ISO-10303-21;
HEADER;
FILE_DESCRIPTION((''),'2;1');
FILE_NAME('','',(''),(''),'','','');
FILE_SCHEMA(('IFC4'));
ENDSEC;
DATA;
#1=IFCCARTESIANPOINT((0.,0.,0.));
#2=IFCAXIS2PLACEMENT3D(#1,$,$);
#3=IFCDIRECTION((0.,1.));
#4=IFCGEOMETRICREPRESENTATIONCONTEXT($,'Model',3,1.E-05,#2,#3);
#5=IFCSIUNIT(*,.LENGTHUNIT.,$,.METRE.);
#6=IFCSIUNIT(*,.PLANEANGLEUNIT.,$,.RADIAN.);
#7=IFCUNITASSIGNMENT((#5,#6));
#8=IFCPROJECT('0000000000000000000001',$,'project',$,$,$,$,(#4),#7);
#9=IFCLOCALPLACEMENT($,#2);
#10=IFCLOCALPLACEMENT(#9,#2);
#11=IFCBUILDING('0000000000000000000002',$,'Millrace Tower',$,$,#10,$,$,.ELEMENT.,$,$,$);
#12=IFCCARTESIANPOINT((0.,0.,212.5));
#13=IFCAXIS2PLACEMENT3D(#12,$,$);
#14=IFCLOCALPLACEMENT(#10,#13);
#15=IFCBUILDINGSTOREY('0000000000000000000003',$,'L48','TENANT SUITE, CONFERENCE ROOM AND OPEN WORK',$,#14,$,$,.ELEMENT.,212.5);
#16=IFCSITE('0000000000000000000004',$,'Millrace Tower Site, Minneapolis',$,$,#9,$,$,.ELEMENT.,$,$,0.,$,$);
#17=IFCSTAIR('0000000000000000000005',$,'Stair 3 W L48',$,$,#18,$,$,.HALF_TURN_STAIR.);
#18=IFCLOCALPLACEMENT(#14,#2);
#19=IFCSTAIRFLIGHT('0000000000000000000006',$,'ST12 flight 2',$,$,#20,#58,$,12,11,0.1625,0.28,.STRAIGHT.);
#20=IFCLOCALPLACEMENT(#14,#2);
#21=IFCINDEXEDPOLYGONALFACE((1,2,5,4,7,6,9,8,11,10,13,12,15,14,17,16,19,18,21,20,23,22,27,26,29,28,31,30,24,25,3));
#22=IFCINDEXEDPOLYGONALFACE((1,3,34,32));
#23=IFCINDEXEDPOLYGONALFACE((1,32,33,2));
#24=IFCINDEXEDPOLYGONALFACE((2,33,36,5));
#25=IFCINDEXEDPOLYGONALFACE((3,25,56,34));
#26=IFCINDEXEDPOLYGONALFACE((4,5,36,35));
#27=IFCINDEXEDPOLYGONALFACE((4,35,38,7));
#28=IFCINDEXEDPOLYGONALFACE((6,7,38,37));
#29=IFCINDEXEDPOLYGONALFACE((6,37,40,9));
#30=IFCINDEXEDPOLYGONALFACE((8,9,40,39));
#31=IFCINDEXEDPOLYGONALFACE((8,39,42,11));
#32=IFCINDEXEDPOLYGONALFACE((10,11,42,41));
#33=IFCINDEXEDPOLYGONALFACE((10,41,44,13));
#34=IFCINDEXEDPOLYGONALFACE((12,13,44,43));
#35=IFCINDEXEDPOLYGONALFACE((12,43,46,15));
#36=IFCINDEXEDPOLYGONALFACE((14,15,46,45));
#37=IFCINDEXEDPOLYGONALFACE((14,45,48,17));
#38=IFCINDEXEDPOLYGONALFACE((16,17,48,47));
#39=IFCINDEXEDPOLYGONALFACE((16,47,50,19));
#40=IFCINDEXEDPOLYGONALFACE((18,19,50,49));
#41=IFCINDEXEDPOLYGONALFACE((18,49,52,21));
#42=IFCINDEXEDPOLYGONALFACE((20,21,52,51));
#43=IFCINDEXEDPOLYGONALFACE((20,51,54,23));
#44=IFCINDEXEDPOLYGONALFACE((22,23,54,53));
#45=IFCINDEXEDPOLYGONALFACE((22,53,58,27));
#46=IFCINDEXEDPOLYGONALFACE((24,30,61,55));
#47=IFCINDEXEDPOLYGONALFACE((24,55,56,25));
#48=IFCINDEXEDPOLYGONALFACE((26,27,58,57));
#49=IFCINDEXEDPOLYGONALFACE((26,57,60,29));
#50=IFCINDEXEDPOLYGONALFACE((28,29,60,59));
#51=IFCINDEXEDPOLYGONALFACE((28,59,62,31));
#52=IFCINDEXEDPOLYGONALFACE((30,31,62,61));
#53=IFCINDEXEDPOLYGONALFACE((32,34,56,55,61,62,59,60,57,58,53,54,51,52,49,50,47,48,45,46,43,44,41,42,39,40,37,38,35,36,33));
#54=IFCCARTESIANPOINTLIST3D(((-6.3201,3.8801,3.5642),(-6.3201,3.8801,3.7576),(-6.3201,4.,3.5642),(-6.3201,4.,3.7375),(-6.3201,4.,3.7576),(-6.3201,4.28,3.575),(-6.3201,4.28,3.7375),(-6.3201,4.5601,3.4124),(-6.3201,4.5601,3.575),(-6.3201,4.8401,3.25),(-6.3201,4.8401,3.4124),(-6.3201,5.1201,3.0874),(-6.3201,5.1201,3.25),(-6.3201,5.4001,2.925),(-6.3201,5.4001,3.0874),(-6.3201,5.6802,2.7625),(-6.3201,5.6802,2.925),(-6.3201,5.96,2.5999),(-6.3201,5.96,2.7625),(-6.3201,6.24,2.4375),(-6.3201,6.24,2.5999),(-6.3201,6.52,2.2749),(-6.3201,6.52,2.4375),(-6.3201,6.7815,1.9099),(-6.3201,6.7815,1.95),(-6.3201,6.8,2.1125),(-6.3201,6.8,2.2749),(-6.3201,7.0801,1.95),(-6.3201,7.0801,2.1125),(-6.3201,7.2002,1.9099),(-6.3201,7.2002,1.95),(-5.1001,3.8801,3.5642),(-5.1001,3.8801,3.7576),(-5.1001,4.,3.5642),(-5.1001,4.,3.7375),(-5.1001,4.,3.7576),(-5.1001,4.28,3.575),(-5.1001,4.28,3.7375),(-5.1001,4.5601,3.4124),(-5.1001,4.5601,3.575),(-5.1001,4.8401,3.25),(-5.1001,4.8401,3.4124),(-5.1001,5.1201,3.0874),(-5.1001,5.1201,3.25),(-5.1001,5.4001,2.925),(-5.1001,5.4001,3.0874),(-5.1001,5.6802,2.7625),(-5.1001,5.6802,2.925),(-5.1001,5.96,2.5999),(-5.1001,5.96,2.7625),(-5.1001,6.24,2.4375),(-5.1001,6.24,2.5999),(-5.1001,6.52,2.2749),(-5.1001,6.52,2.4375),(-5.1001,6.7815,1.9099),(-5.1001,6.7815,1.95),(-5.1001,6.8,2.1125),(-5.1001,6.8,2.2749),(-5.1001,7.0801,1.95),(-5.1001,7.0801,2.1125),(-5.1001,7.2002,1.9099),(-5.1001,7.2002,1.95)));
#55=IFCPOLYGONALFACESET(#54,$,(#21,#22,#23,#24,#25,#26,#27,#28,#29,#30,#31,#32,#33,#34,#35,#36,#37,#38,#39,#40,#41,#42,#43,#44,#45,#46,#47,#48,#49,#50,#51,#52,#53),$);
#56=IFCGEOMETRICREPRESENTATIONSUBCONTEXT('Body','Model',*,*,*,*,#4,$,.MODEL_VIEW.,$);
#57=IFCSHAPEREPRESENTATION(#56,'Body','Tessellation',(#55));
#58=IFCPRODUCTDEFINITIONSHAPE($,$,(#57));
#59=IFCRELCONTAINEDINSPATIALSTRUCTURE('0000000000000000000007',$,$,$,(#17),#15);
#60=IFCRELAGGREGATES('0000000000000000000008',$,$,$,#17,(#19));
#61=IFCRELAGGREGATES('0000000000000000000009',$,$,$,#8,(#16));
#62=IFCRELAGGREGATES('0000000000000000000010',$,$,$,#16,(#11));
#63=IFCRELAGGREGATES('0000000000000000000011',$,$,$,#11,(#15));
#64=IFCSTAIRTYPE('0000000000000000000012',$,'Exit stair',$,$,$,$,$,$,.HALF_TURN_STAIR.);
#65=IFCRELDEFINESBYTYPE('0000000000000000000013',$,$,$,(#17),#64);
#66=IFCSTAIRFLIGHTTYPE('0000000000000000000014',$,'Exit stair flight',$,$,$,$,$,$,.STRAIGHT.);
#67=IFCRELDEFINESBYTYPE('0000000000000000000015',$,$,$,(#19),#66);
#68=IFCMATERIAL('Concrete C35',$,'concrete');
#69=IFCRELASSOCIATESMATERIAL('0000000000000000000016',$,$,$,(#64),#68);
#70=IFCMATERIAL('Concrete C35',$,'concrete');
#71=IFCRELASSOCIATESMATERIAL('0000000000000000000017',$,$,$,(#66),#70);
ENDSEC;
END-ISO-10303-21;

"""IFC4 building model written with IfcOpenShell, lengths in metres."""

from ifc_helpers import new_model, si_unit, direction, frame, origin, place, context, subcontext, project, spatial, polyline, outline, extrude, material, type_object, element, aggregate, save


model = new_model("IFC4")

# Units and contexts
model_context = context("Model", 3, precision=1e-05, world=origin(), true_north=direction((0.0, 1.0)))
body_context = subcontext(model_context, "Body", "Model", "MODEL_VIEW")
ifc_project = project(units=[si_unit("LENGTHUNIT", "METRE"), si_unit("PLANEANGLEUNIT", "RADIAN")], contexts=[model_context])

# Site, building, storey
site_placement = place(None, origin())
site = spatial("IfcSite", under=ifc_project, at=site_placement, Name="Millrace Tower Site, Minneapolis", CompositionType="ELEMENT", RefElevation=0.0)
building_placement = place(site_placement, origin())
building = spatial("IfcBuilding", under=site, at=building_placement, Name="Millrace Tower", CompositionType="ELEMENT")
storey_placement = place(building_placement, frame((0.0, 0.0, 212.5)))
storey = spatial("IfcBuildingStorey", under=building, at=storey_placement, Name="L48", Description="TENANT SUITE, CONFERENCE ROOM AND OPEN WORK", CompositionType="ELEMENT", Elevation=212.5)

# Shared definitions
placement = place(storey_placement, origin())

# Shared definitions
ifc_material_1 = material(Name="Concrete C35", Category="concrete")
stair_type = type_object("IfcStairType", Name="Exit stair", PredefinedType="HALF_TURN_STAIR", material=ifc_material_1)
ifc_material_2 = material(Name="Concrete C35", Category="concrete")
stair_flight_type = type_object("IfcStairFlightType", Name="Exit stair flight", PredefinedType="STRAIGHT", material=ifc_material_2)

# Stair, stair flight
stair_1 = element("IfcStair", 1, at=placement, inside=storey, type_object=stair_type, Name="Stair 3 W L48", PredefinedType="HALF_TURN_STAIR")
stair_flight_1_placement = place(storey_placement, frame((-5.71, 7.0801, 1.95), z_axis=(0.0, 0.0, 1.0), x_axis=(0.0, -1.0, 0.0)))
stair_flight_1 = element("IfcStairFlight", 2, at=stair_flight_1_placement, type_object=stair_flight_type, Name="ST12 flight 2", NumberOfRisers=12, NumberOfTreads=11, PredefinedType="STRAIGHT", RiserHeight=0.1625, TreadLength=0.28, context=body_context, shape_type="SweptSolid", body=[
    extrude(outline(polyline([(-0.1201, -0.04), (-0.1201, 0.0), (0.0, 0.0), (0.0, 0.1626), (0.28, 0.1626), (0.28, 0.325), (0.5601, 0.325), (0.5601, 0.4875), (0.8401, 0.4875), (0.8401, 0.6499), (1.1201, 0.6499), (1.1201, 0.8125), (1.3999, 0.8125), (1.3999, 0.9751), (1.6799, 0.9751), (1.6799, 1.1375), (1.96, 1.1375), (1.96, 1.3), (2.24, 1.3), (2.24, 1.4624), (2.52, 1.4624), (2.52, 1.625), (2.8, 1.625), (2.8, 1.7876), (3.0801, 1.7876), (3.0801, 1.8076), (3.2, 1.8076), (3.2, 1.6143), (3.0801, 1.6143), (0.2986, 0.0), (0.2986, -0.04), (-0.1201, -0.04)])), frame((0.0, 0.6099, 0.0), z_axis=(0.0, -1.0, 0.0), x_axis=(1.0, 0.0, 0.0)), (0.0, 0.0, 1.0), 1.22),
])
aggregate(stair_1, [stair_flight_1])

save(model, "model.ifc")
